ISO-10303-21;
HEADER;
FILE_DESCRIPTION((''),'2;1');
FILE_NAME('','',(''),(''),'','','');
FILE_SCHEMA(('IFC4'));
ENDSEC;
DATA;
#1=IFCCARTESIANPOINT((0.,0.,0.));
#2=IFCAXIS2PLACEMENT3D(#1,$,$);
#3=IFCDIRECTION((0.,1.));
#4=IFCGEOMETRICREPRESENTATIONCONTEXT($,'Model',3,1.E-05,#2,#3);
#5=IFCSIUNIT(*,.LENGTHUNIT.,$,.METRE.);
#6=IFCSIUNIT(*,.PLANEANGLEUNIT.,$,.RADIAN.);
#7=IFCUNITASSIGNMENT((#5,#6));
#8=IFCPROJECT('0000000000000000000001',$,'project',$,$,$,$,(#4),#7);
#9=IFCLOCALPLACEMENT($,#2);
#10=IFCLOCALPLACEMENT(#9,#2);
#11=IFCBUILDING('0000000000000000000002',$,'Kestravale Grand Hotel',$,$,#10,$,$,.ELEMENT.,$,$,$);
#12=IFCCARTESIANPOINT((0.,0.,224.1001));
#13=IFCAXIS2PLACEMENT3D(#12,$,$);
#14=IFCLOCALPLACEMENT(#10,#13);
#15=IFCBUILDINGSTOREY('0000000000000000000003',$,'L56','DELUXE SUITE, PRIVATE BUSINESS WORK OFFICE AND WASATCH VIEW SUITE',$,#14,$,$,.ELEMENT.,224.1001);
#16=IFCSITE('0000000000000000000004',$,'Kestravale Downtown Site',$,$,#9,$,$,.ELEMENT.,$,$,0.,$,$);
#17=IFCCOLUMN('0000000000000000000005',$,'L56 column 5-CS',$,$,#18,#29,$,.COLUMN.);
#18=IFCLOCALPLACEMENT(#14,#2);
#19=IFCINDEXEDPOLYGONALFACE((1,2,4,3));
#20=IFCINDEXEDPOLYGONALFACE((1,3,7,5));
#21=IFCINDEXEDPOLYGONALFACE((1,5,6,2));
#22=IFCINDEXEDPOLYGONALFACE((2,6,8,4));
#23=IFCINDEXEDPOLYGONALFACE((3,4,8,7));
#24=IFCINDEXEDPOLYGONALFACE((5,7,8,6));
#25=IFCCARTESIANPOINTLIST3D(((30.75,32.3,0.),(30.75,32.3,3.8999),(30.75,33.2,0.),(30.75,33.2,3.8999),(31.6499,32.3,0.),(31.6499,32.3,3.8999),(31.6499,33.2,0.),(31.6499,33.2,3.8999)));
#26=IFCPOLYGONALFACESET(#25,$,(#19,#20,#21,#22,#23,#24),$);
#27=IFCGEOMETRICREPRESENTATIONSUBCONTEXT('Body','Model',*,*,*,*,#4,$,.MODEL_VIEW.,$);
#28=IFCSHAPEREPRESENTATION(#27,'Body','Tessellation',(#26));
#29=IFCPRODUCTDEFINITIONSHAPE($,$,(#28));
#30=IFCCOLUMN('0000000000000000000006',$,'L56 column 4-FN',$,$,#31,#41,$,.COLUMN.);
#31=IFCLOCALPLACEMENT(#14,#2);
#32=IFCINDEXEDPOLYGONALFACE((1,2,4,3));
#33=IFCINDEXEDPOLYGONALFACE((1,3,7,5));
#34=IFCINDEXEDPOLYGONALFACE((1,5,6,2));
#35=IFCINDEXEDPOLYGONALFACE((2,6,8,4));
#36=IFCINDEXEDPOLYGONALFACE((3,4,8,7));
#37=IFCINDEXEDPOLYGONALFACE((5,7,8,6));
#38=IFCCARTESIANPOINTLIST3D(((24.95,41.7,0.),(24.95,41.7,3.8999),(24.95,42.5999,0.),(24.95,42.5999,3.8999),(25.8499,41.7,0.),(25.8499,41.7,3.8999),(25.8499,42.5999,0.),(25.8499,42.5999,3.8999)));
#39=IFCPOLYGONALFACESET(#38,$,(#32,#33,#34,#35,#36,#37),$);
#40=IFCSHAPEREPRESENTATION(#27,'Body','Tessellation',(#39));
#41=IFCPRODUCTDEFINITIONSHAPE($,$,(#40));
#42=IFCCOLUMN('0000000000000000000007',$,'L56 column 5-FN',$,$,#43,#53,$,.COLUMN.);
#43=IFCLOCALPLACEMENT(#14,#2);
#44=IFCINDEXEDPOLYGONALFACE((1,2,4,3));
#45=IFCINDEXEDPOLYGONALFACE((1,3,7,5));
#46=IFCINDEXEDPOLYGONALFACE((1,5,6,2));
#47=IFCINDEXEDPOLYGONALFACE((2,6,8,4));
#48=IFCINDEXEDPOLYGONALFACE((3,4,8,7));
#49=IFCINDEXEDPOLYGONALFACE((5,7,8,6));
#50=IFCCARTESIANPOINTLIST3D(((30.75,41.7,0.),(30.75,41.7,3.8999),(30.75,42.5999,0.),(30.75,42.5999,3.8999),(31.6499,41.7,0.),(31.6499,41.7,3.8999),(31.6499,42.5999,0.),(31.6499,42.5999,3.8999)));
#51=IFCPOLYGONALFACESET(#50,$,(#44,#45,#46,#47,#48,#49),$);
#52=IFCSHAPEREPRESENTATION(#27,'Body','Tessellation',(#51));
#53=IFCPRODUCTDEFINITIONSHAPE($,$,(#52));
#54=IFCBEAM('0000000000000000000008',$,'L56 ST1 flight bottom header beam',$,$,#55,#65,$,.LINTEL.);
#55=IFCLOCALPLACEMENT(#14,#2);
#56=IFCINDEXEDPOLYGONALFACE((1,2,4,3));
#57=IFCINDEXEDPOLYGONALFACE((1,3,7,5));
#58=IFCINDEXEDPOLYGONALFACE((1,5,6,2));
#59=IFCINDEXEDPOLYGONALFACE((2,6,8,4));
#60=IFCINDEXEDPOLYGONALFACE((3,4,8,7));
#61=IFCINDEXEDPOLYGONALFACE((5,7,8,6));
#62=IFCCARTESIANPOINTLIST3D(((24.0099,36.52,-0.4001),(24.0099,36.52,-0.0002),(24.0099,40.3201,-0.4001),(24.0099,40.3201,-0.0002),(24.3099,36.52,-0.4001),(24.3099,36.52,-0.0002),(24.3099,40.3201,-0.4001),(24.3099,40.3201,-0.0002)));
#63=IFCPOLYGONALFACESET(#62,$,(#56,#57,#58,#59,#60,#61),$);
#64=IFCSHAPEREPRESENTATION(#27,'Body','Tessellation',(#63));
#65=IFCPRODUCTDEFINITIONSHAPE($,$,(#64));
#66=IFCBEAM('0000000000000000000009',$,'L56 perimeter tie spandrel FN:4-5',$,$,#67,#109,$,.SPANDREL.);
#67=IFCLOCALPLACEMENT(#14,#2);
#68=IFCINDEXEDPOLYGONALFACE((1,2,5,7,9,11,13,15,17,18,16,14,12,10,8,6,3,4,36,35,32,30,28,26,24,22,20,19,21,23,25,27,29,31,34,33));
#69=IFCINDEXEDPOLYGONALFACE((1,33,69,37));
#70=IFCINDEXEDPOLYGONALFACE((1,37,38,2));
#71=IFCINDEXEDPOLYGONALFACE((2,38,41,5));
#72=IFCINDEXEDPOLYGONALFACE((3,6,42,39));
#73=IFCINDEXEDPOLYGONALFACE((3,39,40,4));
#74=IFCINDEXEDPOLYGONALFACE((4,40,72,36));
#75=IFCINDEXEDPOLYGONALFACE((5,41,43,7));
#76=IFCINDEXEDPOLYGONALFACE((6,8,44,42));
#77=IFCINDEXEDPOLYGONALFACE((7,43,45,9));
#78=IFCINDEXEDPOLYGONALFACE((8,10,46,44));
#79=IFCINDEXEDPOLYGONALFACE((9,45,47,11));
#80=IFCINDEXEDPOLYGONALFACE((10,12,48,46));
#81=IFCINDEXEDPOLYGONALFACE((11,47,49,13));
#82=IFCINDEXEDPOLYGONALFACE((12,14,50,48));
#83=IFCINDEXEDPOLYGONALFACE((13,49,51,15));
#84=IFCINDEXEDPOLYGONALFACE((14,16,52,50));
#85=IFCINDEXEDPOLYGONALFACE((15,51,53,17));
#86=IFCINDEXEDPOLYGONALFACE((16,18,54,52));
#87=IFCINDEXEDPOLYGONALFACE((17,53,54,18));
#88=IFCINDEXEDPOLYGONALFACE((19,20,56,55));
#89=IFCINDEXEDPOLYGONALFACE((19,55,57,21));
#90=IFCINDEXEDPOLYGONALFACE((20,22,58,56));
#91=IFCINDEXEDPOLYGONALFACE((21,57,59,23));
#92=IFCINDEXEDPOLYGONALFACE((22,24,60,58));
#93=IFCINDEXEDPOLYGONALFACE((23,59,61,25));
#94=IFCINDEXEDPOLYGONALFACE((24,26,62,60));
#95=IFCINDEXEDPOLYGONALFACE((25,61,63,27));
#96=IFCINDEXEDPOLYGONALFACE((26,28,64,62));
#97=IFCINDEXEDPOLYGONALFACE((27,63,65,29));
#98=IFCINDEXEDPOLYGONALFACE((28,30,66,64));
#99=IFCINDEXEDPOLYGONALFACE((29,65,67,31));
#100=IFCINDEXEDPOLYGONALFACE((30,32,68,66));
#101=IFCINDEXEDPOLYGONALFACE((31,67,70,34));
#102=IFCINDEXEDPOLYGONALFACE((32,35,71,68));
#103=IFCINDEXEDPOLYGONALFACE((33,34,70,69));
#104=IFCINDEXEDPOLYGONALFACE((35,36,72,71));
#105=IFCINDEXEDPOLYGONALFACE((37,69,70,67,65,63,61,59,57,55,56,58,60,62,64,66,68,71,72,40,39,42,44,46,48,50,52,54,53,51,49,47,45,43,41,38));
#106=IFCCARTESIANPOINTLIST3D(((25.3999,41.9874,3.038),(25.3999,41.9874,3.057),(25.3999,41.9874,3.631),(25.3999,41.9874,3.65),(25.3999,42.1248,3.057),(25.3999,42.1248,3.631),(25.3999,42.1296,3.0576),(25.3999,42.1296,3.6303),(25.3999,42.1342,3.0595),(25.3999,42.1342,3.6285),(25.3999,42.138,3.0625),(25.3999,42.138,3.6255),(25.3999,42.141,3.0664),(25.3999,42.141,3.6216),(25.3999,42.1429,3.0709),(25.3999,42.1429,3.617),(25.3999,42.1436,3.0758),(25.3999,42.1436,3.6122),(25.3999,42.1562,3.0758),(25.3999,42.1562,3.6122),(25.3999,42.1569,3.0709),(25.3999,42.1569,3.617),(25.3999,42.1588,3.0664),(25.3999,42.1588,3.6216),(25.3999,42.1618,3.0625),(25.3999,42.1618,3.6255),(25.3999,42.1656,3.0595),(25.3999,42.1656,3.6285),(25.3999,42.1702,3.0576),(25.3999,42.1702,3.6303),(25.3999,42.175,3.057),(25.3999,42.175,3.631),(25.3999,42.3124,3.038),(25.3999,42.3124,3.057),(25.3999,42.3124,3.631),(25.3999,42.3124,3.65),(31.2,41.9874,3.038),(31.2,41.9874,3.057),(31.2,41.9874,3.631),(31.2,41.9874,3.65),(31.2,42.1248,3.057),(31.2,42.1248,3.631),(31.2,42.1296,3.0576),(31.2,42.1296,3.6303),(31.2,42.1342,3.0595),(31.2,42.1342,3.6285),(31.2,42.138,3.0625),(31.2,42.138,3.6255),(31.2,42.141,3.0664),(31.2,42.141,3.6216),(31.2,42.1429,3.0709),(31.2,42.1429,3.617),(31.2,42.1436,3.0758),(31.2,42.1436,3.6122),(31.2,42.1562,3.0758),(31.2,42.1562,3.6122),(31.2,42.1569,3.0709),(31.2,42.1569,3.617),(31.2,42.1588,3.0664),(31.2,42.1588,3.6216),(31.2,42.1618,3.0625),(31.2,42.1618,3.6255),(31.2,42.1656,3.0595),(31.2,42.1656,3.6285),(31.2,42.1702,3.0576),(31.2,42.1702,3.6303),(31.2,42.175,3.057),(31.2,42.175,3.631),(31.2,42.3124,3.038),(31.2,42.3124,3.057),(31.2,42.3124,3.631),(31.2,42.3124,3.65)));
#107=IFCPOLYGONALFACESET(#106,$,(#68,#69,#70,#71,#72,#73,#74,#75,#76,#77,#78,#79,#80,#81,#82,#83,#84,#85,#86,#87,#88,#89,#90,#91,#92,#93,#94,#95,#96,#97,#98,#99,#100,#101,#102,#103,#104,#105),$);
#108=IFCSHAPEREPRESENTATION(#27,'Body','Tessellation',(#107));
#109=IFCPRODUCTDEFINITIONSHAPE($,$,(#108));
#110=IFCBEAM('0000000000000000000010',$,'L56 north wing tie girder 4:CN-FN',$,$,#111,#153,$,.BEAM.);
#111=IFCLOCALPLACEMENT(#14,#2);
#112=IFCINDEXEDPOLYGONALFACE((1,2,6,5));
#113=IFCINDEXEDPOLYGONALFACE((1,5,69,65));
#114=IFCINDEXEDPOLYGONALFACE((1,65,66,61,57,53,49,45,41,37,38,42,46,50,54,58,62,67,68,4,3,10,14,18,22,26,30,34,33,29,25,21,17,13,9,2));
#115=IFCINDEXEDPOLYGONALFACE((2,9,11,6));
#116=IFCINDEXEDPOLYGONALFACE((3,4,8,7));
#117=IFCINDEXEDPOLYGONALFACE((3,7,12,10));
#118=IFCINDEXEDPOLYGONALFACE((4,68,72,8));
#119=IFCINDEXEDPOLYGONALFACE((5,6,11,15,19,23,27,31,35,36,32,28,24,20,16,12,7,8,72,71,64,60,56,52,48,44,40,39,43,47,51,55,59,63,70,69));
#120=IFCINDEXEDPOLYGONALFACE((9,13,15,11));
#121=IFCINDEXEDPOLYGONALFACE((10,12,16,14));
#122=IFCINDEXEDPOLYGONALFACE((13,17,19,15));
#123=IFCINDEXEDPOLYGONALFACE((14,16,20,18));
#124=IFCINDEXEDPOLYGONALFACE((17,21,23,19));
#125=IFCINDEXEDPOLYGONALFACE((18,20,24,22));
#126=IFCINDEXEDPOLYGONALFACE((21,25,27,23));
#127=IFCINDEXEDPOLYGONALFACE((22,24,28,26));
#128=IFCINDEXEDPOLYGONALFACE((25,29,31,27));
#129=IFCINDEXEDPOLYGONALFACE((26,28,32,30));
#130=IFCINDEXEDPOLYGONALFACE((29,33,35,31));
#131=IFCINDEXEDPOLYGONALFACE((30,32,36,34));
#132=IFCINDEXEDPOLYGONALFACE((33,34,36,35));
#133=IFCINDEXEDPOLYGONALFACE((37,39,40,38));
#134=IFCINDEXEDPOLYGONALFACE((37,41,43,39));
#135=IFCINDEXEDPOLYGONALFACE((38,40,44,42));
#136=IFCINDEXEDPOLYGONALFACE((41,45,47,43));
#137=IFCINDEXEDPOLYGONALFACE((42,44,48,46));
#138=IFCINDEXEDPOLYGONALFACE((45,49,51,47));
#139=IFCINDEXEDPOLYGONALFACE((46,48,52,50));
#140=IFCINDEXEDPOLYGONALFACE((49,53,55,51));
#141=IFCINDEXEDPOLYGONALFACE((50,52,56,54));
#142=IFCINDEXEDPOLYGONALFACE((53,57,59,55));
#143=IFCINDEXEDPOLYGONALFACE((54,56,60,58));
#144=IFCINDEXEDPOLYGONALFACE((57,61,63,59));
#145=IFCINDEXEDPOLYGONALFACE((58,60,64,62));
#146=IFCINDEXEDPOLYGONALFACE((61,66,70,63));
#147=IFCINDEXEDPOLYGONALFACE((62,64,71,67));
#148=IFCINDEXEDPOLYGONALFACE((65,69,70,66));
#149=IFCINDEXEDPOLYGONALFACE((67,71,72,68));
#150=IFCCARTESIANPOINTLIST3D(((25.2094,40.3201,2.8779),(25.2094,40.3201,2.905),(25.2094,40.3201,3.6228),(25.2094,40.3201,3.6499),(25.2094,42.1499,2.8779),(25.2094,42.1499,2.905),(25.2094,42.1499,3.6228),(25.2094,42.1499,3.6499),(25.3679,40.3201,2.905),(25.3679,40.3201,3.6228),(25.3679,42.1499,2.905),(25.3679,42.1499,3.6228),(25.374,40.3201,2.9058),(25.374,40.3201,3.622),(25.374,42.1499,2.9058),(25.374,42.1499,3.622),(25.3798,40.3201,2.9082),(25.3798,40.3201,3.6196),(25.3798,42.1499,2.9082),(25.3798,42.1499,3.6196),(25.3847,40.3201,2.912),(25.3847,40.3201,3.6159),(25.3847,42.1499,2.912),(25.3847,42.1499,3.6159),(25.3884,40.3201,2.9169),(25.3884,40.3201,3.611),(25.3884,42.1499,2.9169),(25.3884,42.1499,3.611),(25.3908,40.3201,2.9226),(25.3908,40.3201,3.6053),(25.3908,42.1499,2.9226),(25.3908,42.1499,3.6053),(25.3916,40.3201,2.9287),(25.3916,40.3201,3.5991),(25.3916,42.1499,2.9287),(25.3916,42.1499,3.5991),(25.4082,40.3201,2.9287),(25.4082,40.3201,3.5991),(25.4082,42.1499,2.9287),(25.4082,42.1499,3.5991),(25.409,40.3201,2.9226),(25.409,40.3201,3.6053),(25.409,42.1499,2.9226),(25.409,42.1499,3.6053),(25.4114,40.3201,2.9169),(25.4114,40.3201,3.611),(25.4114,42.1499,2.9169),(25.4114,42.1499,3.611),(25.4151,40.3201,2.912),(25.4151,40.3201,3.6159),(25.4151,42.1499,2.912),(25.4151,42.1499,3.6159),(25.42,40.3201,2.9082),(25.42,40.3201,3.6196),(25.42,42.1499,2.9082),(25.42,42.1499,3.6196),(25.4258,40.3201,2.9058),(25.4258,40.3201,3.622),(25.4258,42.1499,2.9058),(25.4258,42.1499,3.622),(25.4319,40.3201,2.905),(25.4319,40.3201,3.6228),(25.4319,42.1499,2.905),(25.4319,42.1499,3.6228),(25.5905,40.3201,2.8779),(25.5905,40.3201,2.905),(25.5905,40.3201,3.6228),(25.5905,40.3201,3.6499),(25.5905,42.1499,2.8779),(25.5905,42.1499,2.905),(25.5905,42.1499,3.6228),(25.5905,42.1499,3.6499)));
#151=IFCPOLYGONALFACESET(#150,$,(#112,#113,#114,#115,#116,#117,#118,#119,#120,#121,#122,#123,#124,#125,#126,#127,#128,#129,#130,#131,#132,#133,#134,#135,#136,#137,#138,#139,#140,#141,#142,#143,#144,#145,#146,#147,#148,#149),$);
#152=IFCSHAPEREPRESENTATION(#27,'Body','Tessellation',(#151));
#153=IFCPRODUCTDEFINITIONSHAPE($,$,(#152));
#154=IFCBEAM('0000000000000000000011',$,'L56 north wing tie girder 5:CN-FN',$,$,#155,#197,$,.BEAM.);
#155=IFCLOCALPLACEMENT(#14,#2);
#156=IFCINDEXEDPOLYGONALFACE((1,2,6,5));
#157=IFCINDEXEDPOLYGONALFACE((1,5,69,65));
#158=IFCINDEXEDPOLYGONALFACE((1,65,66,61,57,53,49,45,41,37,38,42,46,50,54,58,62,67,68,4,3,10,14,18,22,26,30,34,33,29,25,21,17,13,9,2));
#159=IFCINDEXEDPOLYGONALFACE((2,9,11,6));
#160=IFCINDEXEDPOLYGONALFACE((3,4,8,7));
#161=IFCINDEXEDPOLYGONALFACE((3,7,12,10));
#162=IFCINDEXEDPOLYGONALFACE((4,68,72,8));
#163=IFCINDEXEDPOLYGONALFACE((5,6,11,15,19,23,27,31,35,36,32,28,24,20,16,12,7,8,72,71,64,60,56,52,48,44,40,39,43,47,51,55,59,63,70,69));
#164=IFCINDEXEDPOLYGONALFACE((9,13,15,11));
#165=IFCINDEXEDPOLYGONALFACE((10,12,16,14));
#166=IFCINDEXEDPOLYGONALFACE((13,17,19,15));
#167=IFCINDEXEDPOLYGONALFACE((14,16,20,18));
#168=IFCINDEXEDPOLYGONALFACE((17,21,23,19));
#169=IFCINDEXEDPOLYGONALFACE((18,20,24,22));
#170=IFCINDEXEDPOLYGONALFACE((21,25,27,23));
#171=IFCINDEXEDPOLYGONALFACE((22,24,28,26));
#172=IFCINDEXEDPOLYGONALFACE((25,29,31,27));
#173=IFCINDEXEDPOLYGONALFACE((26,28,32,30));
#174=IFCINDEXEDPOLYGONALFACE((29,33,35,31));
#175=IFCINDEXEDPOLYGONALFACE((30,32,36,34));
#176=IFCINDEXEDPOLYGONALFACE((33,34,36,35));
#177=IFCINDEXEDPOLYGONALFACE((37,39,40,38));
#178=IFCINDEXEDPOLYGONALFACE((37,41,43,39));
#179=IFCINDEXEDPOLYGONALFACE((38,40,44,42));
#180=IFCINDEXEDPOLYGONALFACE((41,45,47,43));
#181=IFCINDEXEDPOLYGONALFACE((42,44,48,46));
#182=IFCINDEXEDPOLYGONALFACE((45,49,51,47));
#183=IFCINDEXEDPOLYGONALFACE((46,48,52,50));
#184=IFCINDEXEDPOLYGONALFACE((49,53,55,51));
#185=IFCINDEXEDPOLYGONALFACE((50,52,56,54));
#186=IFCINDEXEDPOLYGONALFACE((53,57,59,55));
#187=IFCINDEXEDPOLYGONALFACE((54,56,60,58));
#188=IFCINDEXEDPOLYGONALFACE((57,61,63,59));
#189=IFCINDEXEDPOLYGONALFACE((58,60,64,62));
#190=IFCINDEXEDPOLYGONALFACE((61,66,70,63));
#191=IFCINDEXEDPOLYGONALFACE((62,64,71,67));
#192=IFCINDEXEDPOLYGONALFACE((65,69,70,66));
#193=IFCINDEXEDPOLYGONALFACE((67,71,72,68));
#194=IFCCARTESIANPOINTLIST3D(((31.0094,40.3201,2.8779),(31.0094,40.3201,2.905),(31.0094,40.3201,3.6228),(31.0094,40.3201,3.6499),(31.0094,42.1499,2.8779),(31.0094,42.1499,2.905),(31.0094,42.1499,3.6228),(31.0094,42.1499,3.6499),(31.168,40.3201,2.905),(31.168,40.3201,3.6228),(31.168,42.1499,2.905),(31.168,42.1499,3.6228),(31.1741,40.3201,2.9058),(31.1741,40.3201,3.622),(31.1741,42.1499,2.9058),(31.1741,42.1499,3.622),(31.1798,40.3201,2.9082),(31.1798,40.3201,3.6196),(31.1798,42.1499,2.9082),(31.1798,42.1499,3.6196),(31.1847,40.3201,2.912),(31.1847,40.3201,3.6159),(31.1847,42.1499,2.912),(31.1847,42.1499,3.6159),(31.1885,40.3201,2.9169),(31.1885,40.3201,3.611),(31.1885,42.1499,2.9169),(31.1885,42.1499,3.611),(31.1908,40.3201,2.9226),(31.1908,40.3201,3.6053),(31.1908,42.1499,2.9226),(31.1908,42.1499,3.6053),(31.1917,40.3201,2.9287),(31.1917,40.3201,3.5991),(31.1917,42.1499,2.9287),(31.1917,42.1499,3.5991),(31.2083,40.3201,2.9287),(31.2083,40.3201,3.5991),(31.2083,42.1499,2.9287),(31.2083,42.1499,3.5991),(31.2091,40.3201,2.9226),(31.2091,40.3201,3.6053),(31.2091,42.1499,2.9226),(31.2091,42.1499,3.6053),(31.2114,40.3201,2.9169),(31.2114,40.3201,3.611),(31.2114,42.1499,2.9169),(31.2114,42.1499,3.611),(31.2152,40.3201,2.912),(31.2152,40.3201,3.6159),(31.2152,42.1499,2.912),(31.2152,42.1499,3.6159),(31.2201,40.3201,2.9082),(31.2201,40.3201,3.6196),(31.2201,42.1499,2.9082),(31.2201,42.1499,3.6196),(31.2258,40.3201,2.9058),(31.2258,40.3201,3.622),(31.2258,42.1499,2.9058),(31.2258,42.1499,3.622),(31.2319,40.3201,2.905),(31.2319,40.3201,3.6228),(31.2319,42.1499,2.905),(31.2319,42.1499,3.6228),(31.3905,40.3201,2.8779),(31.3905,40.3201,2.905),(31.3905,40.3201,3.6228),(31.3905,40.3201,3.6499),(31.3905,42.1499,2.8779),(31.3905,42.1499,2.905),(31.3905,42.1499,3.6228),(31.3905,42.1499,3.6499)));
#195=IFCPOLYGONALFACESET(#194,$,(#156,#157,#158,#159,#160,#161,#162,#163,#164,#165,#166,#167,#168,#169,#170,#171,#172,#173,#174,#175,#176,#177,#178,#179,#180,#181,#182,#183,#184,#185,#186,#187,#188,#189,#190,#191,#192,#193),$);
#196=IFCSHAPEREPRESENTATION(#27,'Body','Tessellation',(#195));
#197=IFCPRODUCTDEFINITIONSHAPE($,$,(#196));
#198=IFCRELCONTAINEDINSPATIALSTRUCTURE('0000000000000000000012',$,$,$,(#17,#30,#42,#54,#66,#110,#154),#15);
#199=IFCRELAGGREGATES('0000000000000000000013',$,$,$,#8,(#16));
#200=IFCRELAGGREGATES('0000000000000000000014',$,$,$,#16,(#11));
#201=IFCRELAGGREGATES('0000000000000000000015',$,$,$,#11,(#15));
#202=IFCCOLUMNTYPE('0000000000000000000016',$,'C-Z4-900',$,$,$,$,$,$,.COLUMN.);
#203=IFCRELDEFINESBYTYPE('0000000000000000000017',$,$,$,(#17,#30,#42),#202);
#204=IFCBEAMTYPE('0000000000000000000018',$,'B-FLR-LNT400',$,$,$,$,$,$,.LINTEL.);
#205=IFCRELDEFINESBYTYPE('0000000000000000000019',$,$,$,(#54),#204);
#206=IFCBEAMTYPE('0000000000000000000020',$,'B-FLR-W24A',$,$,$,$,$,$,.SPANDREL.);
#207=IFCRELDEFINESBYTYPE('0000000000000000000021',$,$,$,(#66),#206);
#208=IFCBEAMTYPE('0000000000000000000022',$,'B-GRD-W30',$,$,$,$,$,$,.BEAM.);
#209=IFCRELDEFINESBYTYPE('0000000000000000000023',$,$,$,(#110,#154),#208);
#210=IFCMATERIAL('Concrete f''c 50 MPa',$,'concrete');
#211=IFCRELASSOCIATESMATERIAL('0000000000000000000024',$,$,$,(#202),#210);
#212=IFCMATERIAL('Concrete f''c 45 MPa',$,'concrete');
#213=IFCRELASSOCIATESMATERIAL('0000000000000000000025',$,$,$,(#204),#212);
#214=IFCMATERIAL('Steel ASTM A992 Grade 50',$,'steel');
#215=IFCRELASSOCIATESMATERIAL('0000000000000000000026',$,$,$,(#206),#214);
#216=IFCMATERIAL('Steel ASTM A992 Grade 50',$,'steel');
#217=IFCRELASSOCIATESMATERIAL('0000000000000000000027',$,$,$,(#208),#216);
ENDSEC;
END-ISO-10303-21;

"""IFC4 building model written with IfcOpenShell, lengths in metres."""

from ifc_helpers import new_model, si_unit, direction, frame, origin, origin_2d, place, context, subcontext, project, spatial, rectangle, i_section, extrude, material, material_profile, profile_set, type_object, element, save


model = new_model("IFC4")

# Units and contexts
model_context = context("Model", 3, precision=1e-05, world=origin(), true_north=direction((0.0, 1.0)))
body_context = subcontext(model_context, "Body", "Model", "MODEL_VIEW")
ifc_project = project(units=[si_unit("LENGTHUNIT", "METRE"), si_unit("PLANEANGLEUNIT", "RADIAN")], contexts=[model_context])

# Site, building, storey
site_placement = place(None, origin())
site = spatial("IfcSite", under=ifc_project, at=site_placement, Name="Kestravale Downtown Site", CompositionType="ELEMENT", RefElevation=0.0)
building_placement = place(site_placement, origin())
building = spatial("IfcBuilding", under=site, at=building_placement, Name="Kestravale Grand Hotel", CompositionType="ELEMENT")
storey_placement = place(building_placement, frame((0.0, 0.0, 224.1001)))
storey = spatial("IfcBuildingStorey", under=building, at=storey_placement, Name="L56", Description="DELUXE SUITE, PRIVATE BUSINESS WORK OFFICE AND WASATCH VIEW SUITE", CompositionType="ELEMENT", Elevation=224.1001)

# Columns
ifc_material_1 = material(Name="Concrete f'c 50 MPa", Category="concrete")
ifc_material_profile_1 = material_profile(ifc_material_1, rectangle(XDim=0.8999, YDim=0.8999, at=origin_2d()))
ifc_profile_set_1 = profile_set([ifc_material_profile_1], Name="Concrete f'c 50 MPa")
column_type = type_object("IfcColumnType", Name="C-Z4-900", PredefinedType="COLUMN", material=ifc_profile_set_1)
for number, where, z_axis, x_axis, name in (
    (1, (31.2, 32.75, 0.0), (0.0, 0.0, 1.0), (1.0, 0.0, 0.0), "L56 column 5-CS"),
    (2, (25.3999, 42.1499, 0.0), (0.0, 0.0, 1.0), (1.0, 0.0, 0.0), "L56 column 4-FN"),
    (3, (31.2, 42.1499, 0.0), (0.0, 0.0, 1.0), (1.0, 0.0, 0.0), "L56 column 5-FN"),
):
    element("IfcColumn", number, at=place(storey_placement, frame(where, z_axis=z_axis, x_axis=x_axis)), inside=storey, type_object=column_type, Name=name, PredefinedType="COLUMN", context=body_context, shape_type="SweptSolid", body=[
        extrude(rectangle(XDim=0.8999, YDim=0.8999, at=origin_2d()), origin(), (0.0, 0.0, 1.0), 3.8999),
    ])

# Beams
ifc_material_2 = material(Name="Concrete f'c 45 MPa", Category="concrete")
ifc_material_profile_2 = material_profile(ifc_material_2, rectangle(XDim=0.3, YDim=0.3999, at=origin_2d()))
ifc_profile_set_2 = profile_set([ifc_material_profile_2], Name="Concrete f'c 45 MPa")
beam_type_1 = type_object("IfcBeamType", Name="B-FLR-LNT400", PredefinedType="LINTEL", material=ifc_profile_set_2)
beam_1_placement = place(storey_placement, frame((24.1599, 36.52, -0.2002), z_axis=(0.0, 1.0, 0.0), x_axis=(-1.0, 0.0, 0.0)))
element("IfcBeam", 4, at=beam_1_placement, inside=storey, type_object=beam_type_1, Name="L56 ST1 flight bottom header beam", PredefinedType="LINTEL", context=body_context, shape_type="SweptSolid", body=[
    extrude(rectangle(XDim=0.3, YDim=0.3999, at=origin_2d()), origin(), (0.0, 0.0, 1.0), 3.8),
])
ifc_material_3 = material(Name="Steel ASTM A992 Grade 50", Category="steel")
ifc_material_profile_3 = material_profile(ifc_material_3, i_section(OverallWidth=0.325, OverallDepth=0.6121, WebThickness=0.0127, FlangeThickness=0.019, FilletRadius=0.0188, at=origin_2d()))
ifc_profile_set_3 = profile_set([ifc_material_profile_3], Name="Steel ASTM A992 Grade 50")
beam_type_2 = type_object("IfcBeamType", Name="B-FLR-W24A", PredefinedType="SPANDREL", material=ifc_profile_set_3)
beam_2_placement = place(storey_placement, frame((25.3999, 42.1499, 3.344), z_axis=(1.0, 0.0, 0.0), x_axis=(0.0, 1.0, 0.0)))
element("IfcBeam", 5, at=beam_2_placement, inside=storey, type_object=beam_type_2, Name="L56 perimeter tie spandrel FN:4-5", PredefinedType="SPANDREL", context=body_context, shape_type="SweptSolid", body=[
    extrude(i_section(OverallWidth=0.325, OverallDepth=0.6121, WebThickness=0.0127, FlangeThickness=0.019, FilletRadius=0.0188, at=origin_2d()), origin(), (0.0, 0.0, 1.0), 5.8),
])
ifc_material_4 = material(Name="Steel ASTM A992 Grade 50", Category="steel")
ifc_material_profile_4 = material_profile(ifc_material_4, i_section(OverallWidth=0.3811, OverallDepth=0.772, WebThickness=0.0166, FlangeThickness=0.0271, FilletRadius=0.0237, at=origin_2d()))
ifc_profile_set_4 = profile_set([ifc_material_profile_4], Name="Steel ASTM A992 Grade 50")
beam_type_3 = type_object("IfcBeamType", Name="B-GRD-W30", PredefinedType="BEAM", material=ifc_profile_set_4)
for number, where, z_axis, x_axis, name in (
    (6, (25.3999, 40.3201, 3.2639), (0.0, 1.0, 0.0), (-1.0, 0.0, 0.0), "L56 north wing tie girder 4:CN-FN"),
    (7, (31.2, 40.3201, 3.2639), (0.0, 1.0, 0.0), (-1.0, 0.0, 0.0), "L56 north wing tie girder 5:CN-FN"),
):
    element("IfcBeam", number, at=place(storey_placement, frame(where, z_axis=z_axis, x_axis=x_axis)), inside=storey, type_object=beam_type_3, Name=name, PredefinedType="BEAM", context=body_context, shape_type="SweptSolid", body=[
        extrude(i_section(OverallWidth=0.3811, OverallDepth=0.772, WebThickness=0.0166, FlangeThickness=0.0271, FilletRadius=0.0237, at=origin_2d()), origin(), (0.0, 0.0, 1.0), 1.8298),
    ])

save(model, "model.ifc")
